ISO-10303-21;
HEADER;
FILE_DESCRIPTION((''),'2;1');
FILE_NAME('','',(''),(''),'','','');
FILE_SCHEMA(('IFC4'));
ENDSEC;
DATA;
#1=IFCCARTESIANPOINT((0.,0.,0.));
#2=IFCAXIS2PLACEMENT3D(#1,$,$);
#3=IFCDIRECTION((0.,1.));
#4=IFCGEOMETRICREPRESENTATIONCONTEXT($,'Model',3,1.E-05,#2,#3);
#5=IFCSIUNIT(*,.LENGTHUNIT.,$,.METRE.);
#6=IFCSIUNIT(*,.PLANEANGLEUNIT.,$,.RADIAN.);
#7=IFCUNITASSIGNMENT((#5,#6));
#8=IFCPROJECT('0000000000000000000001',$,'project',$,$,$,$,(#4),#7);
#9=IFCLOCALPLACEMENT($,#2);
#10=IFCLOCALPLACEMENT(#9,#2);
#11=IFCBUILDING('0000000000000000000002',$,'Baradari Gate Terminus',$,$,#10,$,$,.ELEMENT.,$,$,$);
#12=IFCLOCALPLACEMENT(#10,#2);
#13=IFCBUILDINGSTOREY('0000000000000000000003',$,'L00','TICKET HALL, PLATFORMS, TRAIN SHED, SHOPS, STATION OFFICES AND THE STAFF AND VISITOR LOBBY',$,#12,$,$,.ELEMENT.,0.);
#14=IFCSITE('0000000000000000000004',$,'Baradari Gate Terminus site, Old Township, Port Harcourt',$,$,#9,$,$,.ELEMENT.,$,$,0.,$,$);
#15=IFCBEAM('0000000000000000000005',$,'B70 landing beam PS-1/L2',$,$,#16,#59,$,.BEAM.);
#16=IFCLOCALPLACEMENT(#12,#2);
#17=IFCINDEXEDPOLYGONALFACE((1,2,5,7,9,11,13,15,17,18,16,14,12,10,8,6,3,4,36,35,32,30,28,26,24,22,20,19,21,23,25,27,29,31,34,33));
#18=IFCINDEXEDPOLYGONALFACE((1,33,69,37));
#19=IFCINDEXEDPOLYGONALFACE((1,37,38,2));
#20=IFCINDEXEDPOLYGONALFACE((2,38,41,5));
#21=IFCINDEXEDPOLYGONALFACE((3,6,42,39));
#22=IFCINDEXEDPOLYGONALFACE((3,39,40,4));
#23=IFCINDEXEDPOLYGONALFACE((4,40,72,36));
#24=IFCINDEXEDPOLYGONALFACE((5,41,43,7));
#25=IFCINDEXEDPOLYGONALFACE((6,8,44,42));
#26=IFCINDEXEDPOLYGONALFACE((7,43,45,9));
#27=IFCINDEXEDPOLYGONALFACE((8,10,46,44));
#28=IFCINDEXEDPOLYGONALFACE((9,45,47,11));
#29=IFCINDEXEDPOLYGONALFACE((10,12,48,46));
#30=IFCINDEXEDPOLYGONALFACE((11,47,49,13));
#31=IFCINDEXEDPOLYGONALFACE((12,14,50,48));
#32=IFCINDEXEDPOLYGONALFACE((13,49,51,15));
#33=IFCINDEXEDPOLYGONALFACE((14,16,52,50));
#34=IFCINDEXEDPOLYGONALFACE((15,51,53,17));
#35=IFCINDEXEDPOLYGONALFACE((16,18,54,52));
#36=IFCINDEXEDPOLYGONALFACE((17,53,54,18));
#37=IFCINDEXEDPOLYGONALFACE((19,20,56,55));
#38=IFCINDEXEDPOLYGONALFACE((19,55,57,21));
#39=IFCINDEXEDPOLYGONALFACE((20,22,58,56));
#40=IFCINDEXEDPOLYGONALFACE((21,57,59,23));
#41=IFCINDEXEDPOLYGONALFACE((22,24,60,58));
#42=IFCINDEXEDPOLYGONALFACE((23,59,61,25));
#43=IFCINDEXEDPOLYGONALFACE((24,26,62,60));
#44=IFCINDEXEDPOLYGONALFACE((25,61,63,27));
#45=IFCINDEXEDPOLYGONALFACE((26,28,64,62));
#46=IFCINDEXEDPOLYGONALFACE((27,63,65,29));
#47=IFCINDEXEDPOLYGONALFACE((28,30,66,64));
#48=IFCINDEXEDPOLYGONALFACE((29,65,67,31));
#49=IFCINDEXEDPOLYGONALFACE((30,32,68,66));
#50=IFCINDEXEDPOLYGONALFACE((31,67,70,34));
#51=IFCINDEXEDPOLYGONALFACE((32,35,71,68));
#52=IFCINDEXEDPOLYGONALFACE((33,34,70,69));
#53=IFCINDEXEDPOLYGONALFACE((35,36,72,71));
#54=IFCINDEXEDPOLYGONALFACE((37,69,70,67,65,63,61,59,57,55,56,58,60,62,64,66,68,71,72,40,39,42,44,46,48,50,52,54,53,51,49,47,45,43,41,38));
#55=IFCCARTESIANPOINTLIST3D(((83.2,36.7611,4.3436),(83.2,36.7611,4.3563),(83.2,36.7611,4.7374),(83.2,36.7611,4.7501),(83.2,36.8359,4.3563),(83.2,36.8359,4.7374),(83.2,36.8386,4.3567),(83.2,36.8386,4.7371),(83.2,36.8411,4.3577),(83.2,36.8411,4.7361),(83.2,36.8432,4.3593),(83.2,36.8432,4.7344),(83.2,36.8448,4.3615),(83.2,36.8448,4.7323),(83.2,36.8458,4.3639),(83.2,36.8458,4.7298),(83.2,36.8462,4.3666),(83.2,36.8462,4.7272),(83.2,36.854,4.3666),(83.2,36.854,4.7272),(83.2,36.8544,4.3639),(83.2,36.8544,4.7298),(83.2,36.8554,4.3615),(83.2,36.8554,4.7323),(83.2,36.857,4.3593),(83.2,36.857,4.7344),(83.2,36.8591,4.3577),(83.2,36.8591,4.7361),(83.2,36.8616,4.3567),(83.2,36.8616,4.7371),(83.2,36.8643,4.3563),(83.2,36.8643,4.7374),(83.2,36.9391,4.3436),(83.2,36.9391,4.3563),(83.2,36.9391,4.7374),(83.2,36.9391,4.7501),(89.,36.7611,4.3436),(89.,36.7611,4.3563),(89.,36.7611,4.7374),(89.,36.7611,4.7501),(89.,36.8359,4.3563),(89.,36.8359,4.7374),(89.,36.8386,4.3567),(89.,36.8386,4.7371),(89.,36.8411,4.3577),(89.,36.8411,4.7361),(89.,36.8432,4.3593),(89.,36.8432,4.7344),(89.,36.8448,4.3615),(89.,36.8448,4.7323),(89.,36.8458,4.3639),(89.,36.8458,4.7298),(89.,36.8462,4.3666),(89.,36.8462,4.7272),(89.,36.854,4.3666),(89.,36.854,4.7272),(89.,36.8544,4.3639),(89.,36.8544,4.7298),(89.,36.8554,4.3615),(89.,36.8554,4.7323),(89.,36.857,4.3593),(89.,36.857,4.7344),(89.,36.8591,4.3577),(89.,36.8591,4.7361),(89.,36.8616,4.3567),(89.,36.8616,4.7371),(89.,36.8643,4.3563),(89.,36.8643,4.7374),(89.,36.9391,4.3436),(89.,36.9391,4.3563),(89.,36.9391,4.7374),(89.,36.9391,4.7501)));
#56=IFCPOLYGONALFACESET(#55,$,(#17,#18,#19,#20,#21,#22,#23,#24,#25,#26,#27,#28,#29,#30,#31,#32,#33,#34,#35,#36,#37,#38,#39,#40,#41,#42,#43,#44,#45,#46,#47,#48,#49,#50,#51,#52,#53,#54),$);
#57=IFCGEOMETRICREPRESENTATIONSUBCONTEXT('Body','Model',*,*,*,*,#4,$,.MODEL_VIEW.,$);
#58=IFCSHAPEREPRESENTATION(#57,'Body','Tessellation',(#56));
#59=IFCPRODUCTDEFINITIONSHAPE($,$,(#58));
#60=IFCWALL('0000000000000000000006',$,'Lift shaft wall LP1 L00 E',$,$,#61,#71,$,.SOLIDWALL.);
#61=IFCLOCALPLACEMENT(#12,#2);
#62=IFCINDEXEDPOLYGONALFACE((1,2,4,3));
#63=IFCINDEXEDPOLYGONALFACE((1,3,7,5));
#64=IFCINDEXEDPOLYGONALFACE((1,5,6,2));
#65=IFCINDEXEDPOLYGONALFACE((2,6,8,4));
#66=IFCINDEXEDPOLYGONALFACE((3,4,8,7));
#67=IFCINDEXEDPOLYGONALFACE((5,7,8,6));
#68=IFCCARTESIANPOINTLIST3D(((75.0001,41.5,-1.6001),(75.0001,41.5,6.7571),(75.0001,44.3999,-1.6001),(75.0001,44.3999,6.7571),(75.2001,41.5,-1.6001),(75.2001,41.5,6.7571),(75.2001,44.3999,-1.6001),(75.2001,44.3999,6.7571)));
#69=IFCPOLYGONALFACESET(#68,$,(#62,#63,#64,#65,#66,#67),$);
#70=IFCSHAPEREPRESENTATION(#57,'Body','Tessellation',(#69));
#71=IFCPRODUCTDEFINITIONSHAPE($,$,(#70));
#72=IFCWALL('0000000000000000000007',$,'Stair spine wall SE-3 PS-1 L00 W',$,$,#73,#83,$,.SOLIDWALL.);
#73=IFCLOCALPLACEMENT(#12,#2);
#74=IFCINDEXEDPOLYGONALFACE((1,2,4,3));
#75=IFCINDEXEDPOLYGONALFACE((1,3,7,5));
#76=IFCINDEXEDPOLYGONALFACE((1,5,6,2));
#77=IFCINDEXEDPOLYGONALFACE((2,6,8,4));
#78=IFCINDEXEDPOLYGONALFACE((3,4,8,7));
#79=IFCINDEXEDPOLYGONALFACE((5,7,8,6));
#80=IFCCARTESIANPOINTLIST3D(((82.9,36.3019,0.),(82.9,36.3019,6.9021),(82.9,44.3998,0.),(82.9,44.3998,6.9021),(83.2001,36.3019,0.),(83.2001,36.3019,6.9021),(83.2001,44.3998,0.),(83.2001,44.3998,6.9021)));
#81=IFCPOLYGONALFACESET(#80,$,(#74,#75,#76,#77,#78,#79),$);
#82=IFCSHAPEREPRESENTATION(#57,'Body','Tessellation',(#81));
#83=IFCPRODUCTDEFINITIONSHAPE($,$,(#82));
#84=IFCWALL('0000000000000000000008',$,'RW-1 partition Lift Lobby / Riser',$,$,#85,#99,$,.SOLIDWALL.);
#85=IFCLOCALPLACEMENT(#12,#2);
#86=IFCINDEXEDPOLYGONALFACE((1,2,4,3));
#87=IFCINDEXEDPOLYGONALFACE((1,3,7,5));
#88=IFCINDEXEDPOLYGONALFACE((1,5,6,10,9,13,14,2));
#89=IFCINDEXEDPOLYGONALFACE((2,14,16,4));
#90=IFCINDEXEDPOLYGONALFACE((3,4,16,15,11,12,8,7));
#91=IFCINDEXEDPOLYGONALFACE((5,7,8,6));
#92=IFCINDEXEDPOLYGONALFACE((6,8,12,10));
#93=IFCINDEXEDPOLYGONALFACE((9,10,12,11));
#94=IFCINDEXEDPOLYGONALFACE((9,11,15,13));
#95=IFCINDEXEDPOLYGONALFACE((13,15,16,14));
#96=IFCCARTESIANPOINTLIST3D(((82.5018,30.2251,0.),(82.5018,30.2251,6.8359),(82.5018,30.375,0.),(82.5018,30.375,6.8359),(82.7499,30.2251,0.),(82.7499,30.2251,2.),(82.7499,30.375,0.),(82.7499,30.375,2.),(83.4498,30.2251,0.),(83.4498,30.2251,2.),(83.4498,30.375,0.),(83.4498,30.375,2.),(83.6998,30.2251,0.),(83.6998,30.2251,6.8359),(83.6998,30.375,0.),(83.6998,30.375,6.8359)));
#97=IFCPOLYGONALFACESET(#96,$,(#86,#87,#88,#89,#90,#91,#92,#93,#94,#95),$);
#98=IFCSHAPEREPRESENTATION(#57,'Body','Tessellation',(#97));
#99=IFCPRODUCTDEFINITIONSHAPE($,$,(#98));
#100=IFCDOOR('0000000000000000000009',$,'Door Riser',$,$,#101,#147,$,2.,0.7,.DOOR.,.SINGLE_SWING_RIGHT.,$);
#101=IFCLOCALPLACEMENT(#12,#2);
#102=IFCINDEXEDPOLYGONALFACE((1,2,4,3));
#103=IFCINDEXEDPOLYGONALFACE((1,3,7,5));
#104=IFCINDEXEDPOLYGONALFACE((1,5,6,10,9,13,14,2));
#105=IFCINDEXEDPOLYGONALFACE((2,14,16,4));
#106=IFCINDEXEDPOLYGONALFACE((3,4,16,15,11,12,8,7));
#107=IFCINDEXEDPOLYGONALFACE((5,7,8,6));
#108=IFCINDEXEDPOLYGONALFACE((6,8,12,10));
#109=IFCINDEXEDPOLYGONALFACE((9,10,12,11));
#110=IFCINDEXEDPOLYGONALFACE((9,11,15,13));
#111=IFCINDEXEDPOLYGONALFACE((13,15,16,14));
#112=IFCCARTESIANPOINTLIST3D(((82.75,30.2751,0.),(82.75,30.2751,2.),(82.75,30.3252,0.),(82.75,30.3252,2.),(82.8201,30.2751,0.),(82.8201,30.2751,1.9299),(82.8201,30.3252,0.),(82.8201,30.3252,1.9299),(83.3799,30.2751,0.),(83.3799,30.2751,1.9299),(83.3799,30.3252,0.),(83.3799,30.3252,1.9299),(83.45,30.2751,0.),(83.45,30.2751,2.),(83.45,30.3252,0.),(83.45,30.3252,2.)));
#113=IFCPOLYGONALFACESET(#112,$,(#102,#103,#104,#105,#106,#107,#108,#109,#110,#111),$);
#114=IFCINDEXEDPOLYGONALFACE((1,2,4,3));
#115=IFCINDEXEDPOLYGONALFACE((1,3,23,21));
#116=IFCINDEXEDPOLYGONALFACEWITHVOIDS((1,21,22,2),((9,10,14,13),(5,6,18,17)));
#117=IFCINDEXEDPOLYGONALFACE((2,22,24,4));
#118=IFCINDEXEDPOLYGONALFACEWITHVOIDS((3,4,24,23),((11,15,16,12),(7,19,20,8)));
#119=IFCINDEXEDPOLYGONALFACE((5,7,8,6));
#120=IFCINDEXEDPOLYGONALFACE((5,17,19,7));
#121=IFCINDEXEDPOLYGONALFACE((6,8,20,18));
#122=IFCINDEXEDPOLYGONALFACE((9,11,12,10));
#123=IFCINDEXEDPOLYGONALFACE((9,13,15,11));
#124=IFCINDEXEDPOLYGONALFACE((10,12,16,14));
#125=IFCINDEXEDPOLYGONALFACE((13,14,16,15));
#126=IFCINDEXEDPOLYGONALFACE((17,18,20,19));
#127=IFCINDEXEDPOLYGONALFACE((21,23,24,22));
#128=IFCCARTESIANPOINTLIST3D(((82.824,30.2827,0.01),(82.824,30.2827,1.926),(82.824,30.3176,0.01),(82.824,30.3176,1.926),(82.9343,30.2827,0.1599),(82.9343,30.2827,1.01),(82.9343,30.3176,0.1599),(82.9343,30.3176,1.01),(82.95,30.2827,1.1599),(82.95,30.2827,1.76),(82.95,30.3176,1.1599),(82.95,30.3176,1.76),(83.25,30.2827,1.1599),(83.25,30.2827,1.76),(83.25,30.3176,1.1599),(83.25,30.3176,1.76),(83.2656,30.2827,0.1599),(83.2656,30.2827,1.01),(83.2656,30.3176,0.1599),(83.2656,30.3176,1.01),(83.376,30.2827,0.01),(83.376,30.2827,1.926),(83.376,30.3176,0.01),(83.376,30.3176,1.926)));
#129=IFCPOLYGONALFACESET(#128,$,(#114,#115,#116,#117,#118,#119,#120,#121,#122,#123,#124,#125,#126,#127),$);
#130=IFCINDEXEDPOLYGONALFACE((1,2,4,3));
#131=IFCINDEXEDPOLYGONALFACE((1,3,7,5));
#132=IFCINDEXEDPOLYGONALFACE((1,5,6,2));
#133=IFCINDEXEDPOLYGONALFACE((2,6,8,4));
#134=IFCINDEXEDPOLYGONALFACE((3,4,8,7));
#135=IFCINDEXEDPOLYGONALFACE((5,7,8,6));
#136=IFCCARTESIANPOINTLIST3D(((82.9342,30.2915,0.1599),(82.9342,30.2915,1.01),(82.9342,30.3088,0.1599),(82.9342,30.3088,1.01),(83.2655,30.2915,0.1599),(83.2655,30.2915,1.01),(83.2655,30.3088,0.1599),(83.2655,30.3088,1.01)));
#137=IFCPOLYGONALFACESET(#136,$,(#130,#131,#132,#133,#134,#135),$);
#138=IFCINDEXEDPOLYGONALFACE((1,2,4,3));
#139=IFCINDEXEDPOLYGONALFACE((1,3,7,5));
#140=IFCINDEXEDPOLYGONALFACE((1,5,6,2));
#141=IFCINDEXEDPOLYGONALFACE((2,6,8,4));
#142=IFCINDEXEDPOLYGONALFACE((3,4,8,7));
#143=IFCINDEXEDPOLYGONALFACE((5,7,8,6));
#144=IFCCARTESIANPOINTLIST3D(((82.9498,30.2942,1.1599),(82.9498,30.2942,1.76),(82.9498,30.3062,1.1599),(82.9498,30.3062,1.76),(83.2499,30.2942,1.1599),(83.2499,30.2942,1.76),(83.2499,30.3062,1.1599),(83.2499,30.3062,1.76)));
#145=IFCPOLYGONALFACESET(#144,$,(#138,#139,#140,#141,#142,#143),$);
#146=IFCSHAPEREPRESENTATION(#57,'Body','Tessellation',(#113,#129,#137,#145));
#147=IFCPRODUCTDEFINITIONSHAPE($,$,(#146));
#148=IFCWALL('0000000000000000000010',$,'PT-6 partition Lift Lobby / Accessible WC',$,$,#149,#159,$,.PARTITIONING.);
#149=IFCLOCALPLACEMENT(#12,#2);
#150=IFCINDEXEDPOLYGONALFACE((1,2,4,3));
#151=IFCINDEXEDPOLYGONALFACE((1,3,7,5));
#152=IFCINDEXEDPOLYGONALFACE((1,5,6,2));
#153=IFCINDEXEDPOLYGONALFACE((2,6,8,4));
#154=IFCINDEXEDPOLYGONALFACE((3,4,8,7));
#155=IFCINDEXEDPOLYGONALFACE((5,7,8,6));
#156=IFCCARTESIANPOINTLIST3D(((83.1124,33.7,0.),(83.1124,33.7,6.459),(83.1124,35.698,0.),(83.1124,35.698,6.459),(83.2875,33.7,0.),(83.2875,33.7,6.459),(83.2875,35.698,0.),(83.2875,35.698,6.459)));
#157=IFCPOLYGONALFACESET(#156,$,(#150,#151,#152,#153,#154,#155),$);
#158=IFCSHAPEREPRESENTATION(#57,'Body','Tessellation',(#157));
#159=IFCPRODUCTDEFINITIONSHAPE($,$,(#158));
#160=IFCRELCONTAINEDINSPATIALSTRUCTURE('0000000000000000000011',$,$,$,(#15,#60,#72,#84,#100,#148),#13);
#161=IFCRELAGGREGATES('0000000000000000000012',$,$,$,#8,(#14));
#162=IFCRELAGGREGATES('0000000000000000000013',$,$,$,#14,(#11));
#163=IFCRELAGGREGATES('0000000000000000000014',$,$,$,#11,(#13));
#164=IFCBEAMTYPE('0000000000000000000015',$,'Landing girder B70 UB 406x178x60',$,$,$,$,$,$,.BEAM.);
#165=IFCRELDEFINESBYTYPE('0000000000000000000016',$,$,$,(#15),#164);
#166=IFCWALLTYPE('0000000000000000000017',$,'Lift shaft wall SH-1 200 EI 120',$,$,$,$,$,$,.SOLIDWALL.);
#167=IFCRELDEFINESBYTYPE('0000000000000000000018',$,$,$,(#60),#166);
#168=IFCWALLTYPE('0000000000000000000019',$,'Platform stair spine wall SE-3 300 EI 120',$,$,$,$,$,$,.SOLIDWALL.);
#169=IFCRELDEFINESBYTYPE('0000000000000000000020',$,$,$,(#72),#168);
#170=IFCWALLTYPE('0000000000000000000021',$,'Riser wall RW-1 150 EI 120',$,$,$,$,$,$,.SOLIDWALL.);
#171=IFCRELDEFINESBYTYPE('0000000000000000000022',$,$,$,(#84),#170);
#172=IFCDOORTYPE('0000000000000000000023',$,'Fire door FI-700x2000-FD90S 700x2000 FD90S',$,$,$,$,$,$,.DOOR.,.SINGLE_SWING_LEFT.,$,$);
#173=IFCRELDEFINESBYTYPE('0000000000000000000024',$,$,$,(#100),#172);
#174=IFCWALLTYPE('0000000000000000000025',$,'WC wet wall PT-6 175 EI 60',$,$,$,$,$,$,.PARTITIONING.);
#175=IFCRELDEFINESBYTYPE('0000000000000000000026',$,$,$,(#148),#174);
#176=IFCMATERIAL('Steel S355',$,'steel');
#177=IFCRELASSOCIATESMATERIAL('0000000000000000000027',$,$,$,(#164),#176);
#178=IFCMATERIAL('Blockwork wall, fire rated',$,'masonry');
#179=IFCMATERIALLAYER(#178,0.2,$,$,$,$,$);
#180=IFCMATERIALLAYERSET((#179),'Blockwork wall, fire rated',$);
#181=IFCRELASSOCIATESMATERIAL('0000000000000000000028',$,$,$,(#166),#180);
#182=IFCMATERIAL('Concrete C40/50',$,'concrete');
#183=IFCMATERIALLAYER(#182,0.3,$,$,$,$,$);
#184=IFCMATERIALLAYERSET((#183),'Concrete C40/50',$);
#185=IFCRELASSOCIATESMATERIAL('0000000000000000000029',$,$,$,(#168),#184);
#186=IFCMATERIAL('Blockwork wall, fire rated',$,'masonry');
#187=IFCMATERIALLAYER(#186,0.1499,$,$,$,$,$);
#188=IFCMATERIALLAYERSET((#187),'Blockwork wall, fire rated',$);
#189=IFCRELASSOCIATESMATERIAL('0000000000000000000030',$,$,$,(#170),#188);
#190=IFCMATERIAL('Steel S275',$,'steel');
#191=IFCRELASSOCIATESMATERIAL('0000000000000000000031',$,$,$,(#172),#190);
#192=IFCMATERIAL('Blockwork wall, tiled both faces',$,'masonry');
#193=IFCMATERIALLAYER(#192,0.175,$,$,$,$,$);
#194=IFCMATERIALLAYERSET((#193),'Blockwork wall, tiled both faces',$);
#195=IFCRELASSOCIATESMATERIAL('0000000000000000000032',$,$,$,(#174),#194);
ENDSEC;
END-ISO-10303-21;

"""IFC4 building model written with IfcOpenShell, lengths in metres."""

from ifc_helpers import new_model, si_unit, direction, frame, frame_2d, origin, origin_2d, place, context, subcontext, project, spatial, polyline, rectangle, i_section, outline, extrude, material, layer, layer_set, material_profile, profile_set, type_object, element, fill, save


model = new_model("IFC4")

# Units and contexts
model_context = context("Model", 3, precision=1e-05, world=origin(), true_north=direction((0.0, 1.0)))
body_context = subcontext(model_context, "Body", "Model", "MODEL_VIEW")
ifc_project = project(units=[si_unit("LENGTHUNIT", "METRE"), si_unit("PLANEANGLEUNIT", "RADIAN")], contexts=[model_context])

# Site, building, storey
site_placement = place(None, origin())
site = spatial("IfcSite", under=ifc_project, at=site_placement, Name="Baradari Gate Terminus site, Old Township, Port Harcourt", CompositionType="ELEMENT", RefElevation=0.0)
building_placement = place(site_placement, origin())
building = spatial("IfcBuilding", under=site, at=building_placement, Name="Baradari Gate Terminus", CompositionType="ELEMENT")
storey_placement = place(building_placement, origin())
storey = spatial("IfcBuildingStorey", under=building, at=storey_placement, Name="L00", Description="TICKET HALL, PLATFORMS, TRAIN SHED, SHOPS, STATION OFFICES AND THE STAFF AND VISITOR LOBBY", CompositionType="ELEMENT", Elevation=0.0)

# Beam
ifc_material_1 = material(Name="Steel S355", Category="steel")
ifc_material_profile = material_profile(ifc_material_1, i_section(OverallWidth=0.178, OverallDepth=0.4065, WebThickness=0.0078, FlangeThickness=0.0127, FilletRadius=0.0103, at=origin_2d()), Name="UB 406x178x60")
ifc_profile_set = profile_set([ifc_material_profile], Name="Steel S355")
beam_type = type_object("IfcBeamType", Name="Landing girder B70 UB 406x178x60", PredefinedType="BEAM", material=ifc_profile_set)
beam_placement = place(storey_placement, frame((83.2, 36.8501, 4.5469), z_axis=(1.0, 0.0, 0.0), x_axis=(0.0, 1.0, 0.0)))
element("IfcBeam", 1, at=beam_placement, inside=storey, type_object=beam_type, Name="B70 landing beam PS-1/L2", PredefinedType="BEAM", context=body_context, shape_type="SweptSolid", body=[
    extrude(i_section(OverallWidth=0.178, OverallDepth=0.4065, WebThickness=0.0078, FlangeThickness=0.0127, FilletRadius=0.0103, at=origin_2d()), origin(), (0.0, 0.0, 1.0), 5.8),
])

# Walls
ifc_material_2 = material(Name="Blockwork wall, fire rated", Category="masonry")
ifc_layer_1 = layer(ifc_material_2, 0.2)
ifc_layer_set_1 = layer_set([ifc_layer_1], Name="Blockwork wall, fire rated")
wall_type_1 = type_object("IfcWallType", Name="Lift shaft wall SH-1 200 EI 120", PredefinedType="SOLIDWALL", material=ifc_layer_set_1)
wall_1_placement = place(storey_placement, frame((75.1001, 41.5, -1.6001), z_axis=(0.0, 0.0, 1.0), x_axis=(0.0, 1.0, 0.0)))
element("IfcWall", 2, at=wall_1_placement, inside=storey, type_object=wall_type_1, Name="Lift shaft wall LP1 L00 E", PredefinedType="SOLIDWALL", context=body_context, shape_type="SweptSolid", body=[
    extrude(rectangle(XDim=2.8999, YDim=0.2, at=frame_2d((1.45, 0.0))), origin(), (0.0, 0.0, 1.0), 8.3572),
])
ifc_material_3 = material(Name="Concrete C40/50", Category="concrete")
ifc_layer_2 = layer(ifc_material_3, 0.3)
ifc_layer_set_2 = layer_set([ifc_layer_2], Name="Concrete C40/50")
wall_type_2 = type_object("IfcWallType", Name="Platform stair spine wall SE-3 300 EI 120", PredefinedType="SOLIDWALL", material=ifc_layer_set_2)
wall_2_placement = place(storey_placement, frame((83.05, 36.302, 0.0), z_axis=(0.0, 0.0, 1.0), x_axis=(0.0, 1.0, 0.0)))
element("IfcWall", 3, at=wall_2_placement, inside=storey, type_object=wall_type_2, Name="Stair spine wall SE-3 PS-1 L00 W", PredefinedType="SOLIDWALL", context=body_context, shape_type="SweptSolid", body=[
    extrude(rectangle(XDim=8.0979, YDim=0.3, at=frame_2d((4.0488, 0.0))), origin(), (0.0, 0.0, 1.0), 6.9021),
])

# Wall, opening, door
ifc_material_4 = material(Name="Blockwork wall, fire rated", Category="masonry")
ifc_layer_3 = layer(ifc_material_4, 0.1499)
ifc_layer_set_3 = layer_set([ifc_layer_3], Name="Blockwork wall, fire rated")
wall_type_3 = type_object("IfcWallType", Name="Riser wall RW-1 150 EI 120", PredefinedType="SOLIDWALL", material=ifc_layer_set_3)
wall_3_placement = place(storey_placement, frame((83.7, 30.3, 0.0), z_axis=(0.0, 0.0, 1.0), x_axis=(-1.0, 0.0, 0.0)))
wall_3 = element("IfcWall", 4, at=wall_3_placement, inside=storey, type_object=wall_type_3, Name="RW-1 partition Lift Lobby / Riser", PredefinedType="SOLIDWALL", context=body_context, shape_type="SweptSolid", body=[
    extrude(rectangle(XDim=1.198, YDim=0.1499, at=frame_2d((0.5991, 0.0))), origin(), (0.0, 0.0, 1.0), 6.8359),
])
opening_1_placement = place(wall_3_placement, frame((0.25, 0.0, 0.0)))
opening_1 = element("IfcOpeningElement", 5, at=opening_1_placement, cuts=wall_3, PredefinedType="OPENING", context=body_context, shape_type="SweptSolid", body=[
    extrude(rectangle(XDim=0.7, YDim=2.0, at=frame_2d((0.3501, 1.0))), frame((0.0, 0.085, 0.0), z_axis=(0.0, -1.0, 0.0), x_axis=(1.0, 0.0, 0.0)), (0.0, 0.0, 1.0), 0.1699),
])
ifc_material_5 = material(Name="Steel S275", Category="steel")
door_type_1 = type_object("IfcDoorType", Name="Fire door FI-700x2000-FD90S 700x2000 FD90S", OperationType="SINGLE_SWING_LEFT", PredefinedType="DOOR", material=ifc_material_5)
door_1_placement = place(opening_1_placement, origin())
door_1 = element("IfcDoor", 6, at=door_1_placement, inside=storey, type_object=door_type_1, Name="Door Riser", OperationType="SINGLE_SWING_RIGHT", OverallHeight=2.0, OverallWidth=0.7, PredefinedType="DOOR", context=body_context, shape_type="SweptSolid", body=[
    extrude(outline(polyline([(0.0, 0.0), (0.0701, 0.0), (0.0701, 1.9299), (0.6299, 1.9299), (0.6299, 0.0), (0.7, 0.0), (0.7, 2.0), (0.0, 2.0), (0.0, 0.0)])), frame((0.0, 0.0249, 0.0), z_axis=(0.0, -1.0, 0.0), x_axis=(1.0, 0.0, 0.0)), (0.0, 0.0, 1.0), 0.05),
    extrude(outline(polyline([(0.074, 0.01), (0.626, 0.01), (0.626, 1.926), (0.074, 1.926), (0.074, 0.01)]), holes=[polyline([(0.1843, 0.1599), (0.5156, 0.1599), (0.5156, 1.01), (0.1843, 1.01), (0.1843, 0.1599)]), polyline([(0.2, 1.1599), (0.5, 1.1599), (0.5, 1.76), (0.2, 1.76), (0.2, 1.1599)])]), frame((0.0, 0.0173, 0.0), z_axis=(0.0, -1.0, 0.0), x_axis=(1.0, 0.0, 0.0)), (0.0, 0.0, 1.0), 0.0349),
    extrude(rectangle(XDim=0.3313, YDim=0.8501, at=frame_2d((0.3501, 0.585))), frame((0.0, 0.0085, 0.0), z_axis=(0.0, -1.0, 0.0), x_axis=(1.0, 0.0, 0.0)), (0.0, 0.0, 1.0), 0.0173),
    extrude(rectangle(XDim=0.3, YDim=0.6001, at=frame_2d((0.3501, 1.46))), frame((0.0, 0.0059, 0.0), z_axis=(0.0, -1.0, 0.0), x_axis=(1.0, 0.0, 0.0)), (0.0, 0.0, 1.0), 0.012),
])
fill(opening_1, door_1)

# Wall
ifc_material_6 = material(Name="Blockwork wall, tiled both faces", Category="masonry")
ifc_layer_4 = layer(ifc_material_6, 0.175)
ifc_layer_set_4 = layer_set([ifc_layer_4], Name="Blockwork wall, tiled both faces")
wall_type_4 = type_object("IfcWallType", Name="WC wet wall PT-6 175 EI 60", PredefinedType="PARTITIONING", material=ifc_layer_set_4)
wall_4_placement = place(storey_placement, frame((83.2, 35.698, 0.0), z_axis=(0.0, 0.0, 1.0), x_axis=(0.0, -1.0, 0.0)))
element("IfcWall", 7, at=wall_4_placement, inside=storey, type_object=wall_type_4, Name="PT-6 partition Lift Lobby / Accessible WC", PredefinedType="PARTITIONING", context=body_context, shape_type="SweptSolid", body=[
    extrude(rectangle(XDim=1.998, YDim=0.175, at=frame_2d((0.999, 0.0))), origin(), (0.0, 0.0, 1.0), 6.459),
])

save(model, "model.ifc")
